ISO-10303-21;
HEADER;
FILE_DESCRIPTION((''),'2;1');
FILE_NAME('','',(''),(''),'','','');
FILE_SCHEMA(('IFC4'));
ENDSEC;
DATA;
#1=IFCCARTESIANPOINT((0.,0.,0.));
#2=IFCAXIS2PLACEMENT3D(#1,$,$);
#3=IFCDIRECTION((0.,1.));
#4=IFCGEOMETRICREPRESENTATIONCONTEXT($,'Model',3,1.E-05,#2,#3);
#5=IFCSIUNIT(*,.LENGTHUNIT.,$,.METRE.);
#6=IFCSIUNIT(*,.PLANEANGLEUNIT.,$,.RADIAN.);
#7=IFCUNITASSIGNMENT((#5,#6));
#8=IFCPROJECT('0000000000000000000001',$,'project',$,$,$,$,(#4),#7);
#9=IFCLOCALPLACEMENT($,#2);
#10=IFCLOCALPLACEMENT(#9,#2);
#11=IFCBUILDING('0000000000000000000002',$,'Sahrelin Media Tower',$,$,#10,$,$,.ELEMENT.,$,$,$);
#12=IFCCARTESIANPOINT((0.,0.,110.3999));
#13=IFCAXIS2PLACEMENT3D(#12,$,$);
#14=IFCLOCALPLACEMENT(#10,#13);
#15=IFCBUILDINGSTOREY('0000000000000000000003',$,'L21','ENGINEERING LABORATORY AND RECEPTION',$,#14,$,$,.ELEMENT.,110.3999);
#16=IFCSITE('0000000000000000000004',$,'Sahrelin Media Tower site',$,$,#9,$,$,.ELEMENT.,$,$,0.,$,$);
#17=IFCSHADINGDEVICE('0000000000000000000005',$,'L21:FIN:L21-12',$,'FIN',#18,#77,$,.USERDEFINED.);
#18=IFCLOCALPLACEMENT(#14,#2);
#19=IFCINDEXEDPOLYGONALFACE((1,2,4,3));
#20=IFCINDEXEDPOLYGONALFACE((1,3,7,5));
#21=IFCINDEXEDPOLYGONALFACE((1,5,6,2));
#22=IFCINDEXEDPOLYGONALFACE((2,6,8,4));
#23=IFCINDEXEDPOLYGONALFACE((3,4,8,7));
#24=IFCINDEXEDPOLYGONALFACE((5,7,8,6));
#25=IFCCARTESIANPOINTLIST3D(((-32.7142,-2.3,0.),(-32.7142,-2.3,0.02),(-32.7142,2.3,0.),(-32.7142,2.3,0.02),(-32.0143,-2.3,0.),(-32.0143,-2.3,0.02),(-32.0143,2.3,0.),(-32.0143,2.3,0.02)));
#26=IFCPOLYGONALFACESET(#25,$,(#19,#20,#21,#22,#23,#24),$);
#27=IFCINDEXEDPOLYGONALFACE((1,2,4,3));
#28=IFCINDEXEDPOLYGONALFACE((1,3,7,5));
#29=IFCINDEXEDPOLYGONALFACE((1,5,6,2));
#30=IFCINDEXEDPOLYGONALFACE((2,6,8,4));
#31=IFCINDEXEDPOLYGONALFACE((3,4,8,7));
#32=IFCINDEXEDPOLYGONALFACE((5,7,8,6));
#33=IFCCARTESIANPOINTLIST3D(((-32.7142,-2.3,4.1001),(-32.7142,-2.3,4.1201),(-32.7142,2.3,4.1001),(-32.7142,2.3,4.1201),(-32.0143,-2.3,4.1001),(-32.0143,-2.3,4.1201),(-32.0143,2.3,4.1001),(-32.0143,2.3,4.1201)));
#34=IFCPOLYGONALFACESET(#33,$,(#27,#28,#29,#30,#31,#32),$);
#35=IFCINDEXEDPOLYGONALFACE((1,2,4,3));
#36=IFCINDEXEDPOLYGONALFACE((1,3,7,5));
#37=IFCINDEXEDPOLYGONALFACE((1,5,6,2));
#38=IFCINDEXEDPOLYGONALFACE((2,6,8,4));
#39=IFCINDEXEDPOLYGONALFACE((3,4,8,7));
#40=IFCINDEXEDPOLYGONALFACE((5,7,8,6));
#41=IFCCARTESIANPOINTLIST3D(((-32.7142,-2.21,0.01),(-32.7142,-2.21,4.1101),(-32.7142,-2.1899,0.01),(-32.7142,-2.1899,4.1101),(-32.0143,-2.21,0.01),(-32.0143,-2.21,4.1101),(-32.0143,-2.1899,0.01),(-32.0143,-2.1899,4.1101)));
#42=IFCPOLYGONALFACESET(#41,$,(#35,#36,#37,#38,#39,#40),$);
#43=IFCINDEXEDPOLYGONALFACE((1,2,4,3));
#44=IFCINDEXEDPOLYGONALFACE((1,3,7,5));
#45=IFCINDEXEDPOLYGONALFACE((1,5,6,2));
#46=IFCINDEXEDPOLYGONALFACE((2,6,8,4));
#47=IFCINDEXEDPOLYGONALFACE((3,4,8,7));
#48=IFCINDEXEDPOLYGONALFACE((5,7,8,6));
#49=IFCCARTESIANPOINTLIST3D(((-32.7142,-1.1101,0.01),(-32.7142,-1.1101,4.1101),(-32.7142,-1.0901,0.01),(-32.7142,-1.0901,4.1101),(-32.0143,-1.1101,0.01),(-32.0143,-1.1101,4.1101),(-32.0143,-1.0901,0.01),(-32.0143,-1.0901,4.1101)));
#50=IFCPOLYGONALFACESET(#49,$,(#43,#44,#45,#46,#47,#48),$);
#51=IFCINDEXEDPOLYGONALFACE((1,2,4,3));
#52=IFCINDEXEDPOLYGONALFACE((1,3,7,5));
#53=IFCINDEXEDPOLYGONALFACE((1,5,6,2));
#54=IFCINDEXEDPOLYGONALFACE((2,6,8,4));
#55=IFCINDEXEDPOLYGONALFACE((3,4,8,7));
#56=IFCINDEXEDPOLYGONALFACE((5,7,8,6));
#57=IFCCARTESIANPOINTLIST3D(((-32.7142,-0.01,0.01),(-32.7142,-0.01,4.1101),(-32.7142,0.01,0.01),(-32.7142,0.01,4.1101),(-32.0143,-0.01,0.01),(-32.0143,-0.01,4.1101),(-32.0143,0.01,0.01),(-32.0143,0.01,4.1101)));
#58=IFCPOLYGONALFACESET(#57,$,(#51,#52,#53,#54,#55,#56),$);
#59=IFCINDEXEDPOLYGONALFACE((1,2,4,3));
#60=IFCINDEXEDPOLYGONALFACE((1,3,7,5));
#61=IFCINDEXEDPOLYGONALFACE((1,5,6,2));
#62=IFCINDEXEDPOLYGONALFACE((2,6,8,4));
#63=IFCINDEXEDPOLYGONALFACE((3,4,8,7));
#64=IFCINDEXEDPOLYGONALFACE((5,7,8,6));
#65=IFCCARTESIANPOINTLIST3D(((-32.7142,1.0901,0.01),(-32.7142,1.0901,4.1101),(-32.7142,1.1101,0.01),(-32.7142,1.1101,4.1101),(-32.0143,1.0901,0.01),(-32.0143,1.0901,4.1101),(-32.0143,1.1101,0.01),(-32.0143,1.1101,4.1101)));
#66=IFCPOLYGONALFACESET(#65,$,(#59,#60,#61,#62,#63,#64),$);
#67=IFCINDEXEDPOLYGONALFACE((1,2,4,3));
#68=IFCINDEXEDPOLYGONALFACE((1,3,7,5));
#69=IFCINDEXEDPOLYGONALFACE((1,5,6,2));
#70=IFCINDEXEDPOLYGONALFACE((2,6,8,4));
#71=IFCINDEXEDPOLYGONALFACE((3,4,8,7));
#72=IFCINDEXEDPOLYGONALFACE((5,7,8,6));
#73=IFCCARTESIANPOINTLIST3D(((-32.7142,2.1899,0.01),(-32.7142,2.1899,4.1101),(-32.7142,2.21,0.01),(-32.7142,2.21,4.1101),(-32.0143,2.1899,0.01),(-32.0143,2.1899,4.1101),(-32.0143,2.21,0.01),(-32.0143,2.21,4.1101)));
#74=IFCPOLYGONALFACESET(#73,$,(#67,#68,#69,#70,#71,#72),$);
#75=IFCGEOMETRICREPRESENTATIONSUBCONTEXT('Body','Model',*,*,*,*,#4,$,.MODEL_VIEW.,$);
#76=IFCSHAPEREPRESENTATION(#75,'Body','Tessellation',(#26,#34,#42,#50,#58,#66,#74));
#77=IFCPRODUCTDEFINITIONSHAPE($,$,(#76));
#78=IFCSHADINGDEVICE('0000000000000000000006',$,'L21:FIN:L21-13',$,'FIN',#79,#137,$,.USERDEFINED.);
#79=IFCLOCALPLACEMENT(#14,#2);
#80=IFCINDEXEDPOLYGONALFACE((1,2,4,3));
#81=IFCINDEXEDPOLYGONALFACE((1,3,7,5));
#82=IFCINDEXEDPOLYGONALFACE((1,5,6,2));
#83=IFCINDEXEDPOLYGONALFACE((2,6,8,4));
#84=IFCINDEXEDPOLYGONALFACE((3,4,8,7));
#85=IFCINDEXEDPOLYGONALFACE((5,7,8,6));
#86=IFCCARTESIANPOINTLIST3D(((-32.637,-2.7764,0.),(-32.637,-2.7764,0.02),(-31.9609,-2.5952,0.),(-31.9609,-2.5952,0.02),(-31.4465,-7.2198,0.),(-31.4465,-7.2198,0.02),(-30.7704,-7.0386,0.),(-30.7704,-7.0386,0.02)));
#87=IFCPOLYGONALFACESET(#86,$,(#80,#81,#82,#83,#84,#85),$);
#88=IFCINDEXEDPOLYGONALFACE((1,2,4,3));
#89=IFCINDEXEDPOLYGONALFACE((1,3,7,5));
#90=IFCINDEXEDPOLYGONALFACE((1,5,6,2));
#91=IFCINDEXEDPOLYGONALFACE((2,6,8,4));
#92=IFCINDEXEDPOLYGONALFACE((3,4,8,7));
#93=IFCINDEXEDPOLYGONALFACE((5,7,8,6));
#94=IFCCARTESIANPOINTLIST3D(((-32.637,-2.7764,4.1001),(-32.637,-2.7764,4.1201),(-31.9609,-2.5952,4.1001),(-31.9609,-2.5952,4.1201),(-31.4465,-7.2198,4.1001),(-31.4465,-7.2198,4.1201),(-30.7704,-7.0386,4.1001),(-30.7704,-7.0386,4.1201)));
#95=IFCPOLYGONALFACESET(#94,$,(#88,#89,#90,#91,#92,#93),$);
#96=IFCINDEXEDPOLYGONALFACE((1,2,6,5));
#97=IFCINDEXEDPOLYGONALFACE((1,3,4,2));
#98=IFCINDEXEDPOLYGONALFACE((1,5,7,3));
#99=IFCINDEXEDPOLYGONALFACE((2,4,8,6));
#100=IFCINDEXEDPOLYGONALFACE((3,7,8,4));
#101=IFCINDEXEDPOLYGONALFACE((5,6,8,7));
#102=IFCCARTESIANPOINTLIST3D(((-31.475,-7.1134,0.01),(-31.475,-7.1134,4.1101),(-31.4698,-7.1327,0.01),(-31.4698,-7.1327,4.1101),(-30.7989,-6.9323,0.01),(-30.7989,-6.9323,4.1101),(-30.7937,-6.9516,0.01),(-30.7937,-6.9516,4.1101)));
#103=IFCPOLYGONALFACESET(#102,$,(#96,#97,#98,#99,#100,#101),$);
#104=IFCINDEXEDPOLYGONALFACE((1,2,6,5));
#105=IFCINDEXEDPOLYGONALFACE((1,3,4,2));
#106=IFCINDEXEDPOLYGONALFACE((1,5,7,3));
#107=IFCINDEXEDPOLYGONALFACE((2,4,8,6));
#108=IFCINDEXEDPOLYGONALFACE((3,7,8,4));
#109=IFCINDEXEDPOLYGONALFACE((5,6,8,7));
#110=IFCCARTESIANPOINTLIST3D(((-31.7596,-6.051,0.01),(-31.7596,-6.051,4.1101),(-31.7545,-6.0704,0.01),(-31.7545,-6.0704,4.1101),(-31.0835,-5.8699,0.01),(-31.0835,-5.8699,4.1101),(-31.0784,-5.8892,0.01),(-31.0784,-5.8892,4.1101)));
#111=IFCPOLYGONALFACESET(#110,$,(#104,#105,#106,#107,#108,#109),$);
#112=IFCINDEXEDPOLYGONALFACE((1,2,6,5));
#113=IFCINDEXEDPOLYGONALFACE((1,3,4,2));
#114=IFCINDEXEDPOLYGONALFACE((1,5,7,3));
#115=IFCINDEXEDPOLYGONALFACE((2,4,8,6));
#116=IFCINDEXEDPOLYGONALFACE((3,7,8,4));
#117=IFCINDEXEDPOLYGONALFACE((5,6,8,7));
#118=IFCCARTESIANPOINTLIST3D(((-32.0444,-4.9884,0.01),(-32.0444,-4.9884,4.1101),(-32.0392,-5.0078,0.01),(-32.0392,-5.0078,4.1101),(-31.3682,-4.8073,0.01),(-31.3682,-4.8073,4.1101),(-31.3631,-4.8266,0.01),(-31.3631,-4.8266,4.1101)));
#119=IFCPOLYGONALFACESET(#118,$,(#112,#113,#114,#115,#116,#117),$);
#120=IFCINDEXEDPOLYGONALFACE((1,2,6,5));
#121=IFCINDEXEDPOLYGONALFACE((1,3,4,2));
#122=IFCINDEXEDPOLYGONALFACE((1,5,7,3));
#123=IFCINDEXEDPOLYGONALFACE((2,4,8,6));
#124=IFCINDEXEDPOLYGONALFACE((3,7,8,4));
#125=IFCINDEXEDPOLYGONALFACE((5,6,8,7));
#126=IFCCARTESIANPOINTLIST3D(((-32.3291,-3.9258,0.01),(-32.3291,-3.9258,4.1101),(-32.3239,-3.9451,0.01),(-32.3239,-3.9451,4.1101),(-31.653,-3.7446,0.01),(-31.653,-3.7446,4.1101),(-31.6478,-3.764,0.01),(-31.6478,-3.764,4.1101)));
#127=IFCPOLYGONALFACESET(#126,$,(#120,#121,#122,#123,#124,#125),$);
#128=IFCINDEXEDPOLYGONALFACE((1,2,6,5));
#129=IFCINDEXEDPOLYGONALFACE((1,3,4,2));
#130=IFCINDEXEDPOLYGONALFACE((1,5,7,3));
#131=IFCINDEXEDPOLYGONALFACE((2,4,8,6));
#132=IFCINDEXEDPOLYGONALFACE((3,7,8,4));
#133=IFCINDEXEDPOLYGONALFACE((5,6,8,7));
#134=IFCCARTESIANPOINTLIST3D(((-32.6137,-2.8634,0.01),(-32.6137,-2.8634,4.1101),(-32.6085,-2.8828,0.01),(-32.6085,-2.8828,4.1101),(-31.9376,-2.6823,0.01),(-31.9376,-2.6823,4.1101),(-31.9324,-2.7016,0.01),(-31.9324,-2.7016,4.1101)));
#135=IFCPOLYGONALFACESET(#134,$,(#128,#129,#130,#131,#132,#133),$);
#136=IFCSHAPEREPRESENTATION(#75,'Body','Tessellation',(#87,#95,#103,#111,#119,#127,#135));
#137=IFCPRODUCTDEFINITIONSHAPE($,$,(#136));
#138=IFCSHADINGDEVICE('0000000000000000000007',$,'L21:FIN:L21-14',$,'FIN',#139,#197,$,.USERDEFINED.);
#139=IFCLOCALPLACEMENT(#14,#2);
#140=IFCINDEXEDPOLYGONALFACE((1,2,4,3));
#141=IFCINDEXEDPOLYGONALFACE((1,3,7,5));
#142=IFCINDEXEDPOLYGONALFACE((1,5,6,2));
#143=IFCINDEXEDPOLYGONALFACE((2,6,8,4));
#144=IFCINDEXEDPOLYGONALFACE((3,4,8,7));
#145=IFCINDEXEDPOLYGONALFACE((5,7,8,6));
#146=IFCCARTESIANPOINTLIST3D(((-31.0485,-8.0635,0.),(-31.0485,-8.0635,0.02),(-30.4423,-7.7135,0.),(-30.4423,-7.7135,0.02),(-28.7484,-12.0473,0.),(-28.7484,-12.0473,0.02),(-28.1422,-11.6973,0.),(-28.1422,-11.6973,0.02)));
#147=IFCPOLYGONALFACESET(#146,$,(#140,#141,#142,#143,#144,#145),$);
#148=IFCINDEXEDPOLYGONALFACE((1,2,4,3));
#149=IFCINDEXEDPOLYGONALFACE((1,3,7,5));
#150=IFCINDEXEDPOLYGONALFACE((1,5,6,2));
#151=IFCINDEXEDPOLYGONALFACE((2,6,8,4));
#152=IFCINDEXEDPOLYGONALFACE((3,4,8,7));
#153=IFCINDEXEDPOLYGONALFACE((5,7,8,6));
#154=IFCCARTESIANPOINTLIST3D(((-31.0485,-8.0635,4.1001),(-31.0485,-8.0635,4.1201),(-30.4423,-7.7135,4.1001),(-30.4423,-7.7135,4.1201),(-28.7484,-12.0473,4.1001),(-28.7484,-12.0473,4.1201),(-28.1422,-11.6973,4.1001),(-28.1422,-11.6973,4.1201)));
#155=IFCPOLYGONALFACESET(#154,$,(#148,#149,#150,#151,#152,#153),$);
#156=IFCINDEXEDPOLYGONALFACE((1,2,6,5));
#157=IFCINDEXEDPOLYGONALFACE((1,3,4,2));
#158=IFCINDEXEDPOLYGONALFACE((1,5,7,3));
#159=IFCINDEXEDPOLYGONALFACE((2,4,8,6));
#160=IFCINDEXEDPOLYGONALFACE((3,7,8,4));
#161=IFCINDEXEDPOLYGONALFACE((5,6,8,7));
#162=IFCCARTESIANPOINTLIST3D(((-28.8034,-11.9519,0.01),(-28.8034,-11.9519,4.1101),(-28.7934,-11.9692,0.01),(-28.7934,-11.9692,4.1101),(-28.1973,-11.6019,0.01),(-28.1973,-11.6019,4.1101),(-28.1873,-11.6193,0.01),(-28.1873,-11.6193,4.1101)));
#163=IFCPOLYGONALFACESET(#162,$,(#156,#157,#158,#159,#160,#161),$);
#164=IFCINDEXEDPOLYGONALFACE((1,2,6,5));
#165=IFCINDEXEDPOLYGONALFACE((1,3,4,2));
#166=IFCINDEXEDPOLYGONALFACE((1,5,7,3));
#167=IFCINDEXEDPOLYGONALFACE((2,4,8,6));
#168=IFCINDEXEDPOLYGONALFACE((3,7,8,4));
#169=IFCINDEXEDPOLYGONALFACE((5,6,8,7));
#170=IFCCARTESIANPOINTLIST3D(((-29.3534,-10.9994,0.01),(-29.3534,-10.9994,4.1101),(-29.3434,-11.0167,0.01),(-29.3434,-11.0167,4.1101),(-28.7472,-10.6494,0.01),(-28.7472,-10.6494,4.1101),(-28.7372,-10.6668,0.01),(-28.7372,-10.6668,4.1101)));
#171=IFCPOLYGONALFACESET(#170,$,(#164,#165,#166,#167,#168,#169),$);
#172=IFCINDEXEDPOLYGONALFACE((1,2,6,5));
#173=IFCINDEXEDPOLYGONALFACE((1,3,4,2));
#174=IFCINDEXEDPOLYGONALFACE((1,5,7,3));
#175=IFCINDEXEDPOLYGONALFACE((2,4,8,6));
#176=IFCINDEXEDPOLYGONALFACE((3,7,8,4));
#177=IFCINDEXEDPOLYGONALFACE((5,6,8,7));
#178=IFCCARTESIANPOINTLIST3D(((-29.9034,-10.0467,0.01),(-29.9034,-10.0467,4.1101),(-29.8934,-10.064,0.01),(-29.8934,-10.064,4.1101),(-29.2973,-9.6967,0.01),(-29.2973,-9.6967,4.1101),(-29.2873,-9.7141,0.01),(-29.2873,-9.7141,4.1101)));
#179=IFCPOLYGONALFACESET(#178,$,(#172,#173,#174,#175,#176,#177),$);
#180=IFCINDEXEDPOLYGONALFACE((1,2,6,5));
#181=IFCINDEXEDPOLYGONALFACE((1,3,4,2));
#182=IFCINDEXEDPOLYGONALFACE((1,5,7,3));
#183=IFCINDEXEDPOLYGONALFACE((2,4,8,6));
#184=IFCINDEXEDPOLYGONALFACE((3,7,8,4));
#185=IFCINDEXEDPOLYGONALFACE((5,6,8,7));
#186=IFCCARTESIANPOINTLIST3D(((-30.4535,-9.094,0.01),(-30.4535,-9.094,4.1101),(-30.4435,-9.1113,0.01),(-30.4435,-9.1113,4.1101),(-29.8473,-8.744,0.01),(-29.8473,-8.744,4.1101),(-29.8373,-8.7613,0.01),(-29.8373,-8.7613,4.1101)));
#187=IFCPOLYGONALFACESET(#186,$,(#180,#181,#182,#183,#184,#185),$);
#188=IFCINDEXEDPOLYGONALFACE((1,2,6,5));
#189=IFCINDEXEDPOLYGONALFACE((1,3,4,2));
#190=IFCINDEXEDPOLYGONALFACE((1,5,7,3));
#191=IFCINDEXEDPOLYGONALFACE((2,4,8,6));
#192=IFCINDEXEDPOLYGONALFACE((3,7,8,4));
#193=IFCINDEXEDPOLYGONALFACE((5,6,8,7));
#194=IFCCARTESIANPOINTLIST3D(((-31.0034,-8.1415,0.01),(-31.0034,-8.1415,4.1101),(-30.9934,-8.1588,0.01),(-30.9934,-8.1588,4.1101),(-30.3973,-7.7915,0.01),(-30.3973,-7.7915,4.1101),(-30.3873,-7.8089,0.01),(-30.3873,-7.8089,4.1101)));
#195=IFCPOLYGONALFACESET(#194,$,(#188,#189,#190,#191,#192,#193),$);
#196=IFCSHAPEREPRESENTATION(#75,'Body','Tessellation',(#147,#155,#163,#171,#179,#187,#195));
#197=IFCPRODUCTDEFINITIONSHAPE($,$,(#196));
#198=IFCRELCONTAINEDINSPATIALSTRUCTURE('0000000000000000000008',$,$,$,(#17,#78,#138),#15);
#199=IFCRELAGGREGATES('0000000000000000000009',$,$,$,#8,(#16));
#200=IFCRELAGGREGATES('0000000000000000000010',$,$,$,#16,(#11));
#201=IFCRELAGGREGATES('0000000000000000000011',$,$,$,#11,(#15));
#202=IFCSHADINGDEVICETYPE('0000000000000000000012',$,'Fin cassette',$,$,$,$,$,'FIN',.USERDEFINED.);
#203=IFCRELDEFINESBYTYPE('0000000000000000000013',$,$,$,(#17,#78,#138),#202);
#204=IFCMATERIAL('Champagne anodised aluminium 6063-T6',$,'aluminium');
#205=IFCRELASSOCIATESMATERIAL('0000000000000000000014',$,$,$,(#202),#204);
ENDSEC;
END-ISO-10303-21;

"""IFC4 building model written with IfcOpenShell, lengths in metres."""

from ifc_helpers import new_model, si_unit, direction, frame, origin, origin_2d, place, context, subcontext, project, spatial, rectangle, extrude, material, type_object, element, save


model = new_model("IFC4")

# Units and contexts
model_context = context("Model", 3, precision=1e-05, world=origin(), true_north=direction((0.0, 1.0)))
body_context = subcontext(model_context, "Body", "Model", "MODEL_VIEW")
ifc_project = project(units=[si_unit("LENGTHUNIT", "METRE"), si_unit("PLANEANGLEUNIT", "RADIAN")], contexts=[model_context])

# Site, building, storey
site_placement = place(None, origin())
site = spatial("IfcSite", under=ifc_project, at=site_placement, Name="Sahrelin Media Tower site", CompositionType="ELEMENT", RefElevation=0.0)
building_placement = place(site_placement, origin())
building = spatial("IfcBuilding", under=site, at=building_placement, Name="Sahrelin Media Tower", CompositionType="ELEMENT")
storey_placement = place(building_placement, frame((0.0, 0.0, 110.3999)))
storey = spatial("IfcBuildingStorey", under=building, at=storey_placement, Name="L21", Description="ENGINEERING LABORATORY AND RECEPTION", CompositionType="ELEMENT", Elevation=110.3999)

# Shared definitions
ifc_material_1 = material(Name="Champagne anodised aluminium 6063-T6", Category="aluminium")

# Shading devices
shading_device_type_1 = type_object("IfcShadingDeviceType", Name="Fin cassette", ElementType="FIN", PredefinedType="USERDEFINED", material=ifc_material_1)
placement_1 = place(storey_placement, frame((-31.9443, 0.0, 0.0), z_axis=(0.0, 0.0, 1.0), x_axis=(0.0, 1.0, 0.0)))
element("IfcShadingDevice", 1, at=placement_1, inside=storey, type_object=shading_device_type_1, Name="L21:FIN:L21-12", ObjectType="FIN", PredefinedType="USERDEFINED", context=body_context, shape_type="SweptSolid", body=[
    extrude(rectangle(XDim=4.6001, YDim=0.7, at=origin_2d()), frame((0.0, 0.4199, 0.0)), (0.0, 0.0, 1.0), 0.02),
    extrude(rectangle(XDim=4.6001, YDim=0.7, at=origin_2d()), frame((0.0, 0.4199, 4.1001)), (0.0, 0.0, 1.0), 0.02),
    extrude(rectangle(XDim=0.02, YDim=0.7, at=origin_2d()), frame((-2.2, 0.4199, 0.01), z_axis=(0.0, 0.0, 1.0), x_axis=(1.0, 0.0, 0.0)), (0.0, 0.0, 1.0), 4.1001),
    extrude(rectangle(XDim=0.02, YDim=0.7, at=origin_2d()), frame((-1.1001, 0.4199, 0.01), z_axis=(0.0, 0.0, 1.0), x_axis=(1.0, 0.0, 0.0)), (0.0, 0.0, 1.0), 4.1001),
    extrude(rectangle(XDim=0.02, YDim=0.7, at=origin_2d()), frame((0.0, 0.4199, 0.01), z_axis=(0.0, 0.0, 1.0), x_axis=(1.0, 0.0, 0.0)), (0.0, 0.0, 1.0), 4.1001),
    extrude(rectangle(XDim=0.02, YDim=0.7, at=origin_2d()), frame((1.1001, 0.4199, 0.01), z_axis=(0.0, 0.0, 1.0), x_axis=(1.0, 0.0, 0.0)), (0.0, 0.0, 1.0), 4.1001),
    extrude(rectangle(XDim=0.02, YDim=0.7, at=origin_2d()), frame((2.2, 0.4199, 0.01), z_axis=(0.0, 0.0, 1.0), x_axis=(1.0, 0.0, 0.0)), (0.0, 0.0, 1.0), 4.1001),
])
placement_2 = place(storey_placement, frame((-31.2981, -4.7988, 0.0), z_axis=(0.0, 0.0, 1.0), x_axis=(-0.258808, 0.965929, 0.0)))
element("IfcShadingDevice", 2, at=placement_2, inside=storey, type_object=shading_device_type_1, Name="L21:FIN:L21-13", ObjectType="FIN", PredefinedType="USERDEFINED", context=body_context, shape_type="SweptSolid", body=[
    extrude(rectangle(XDim=4.6001, YDim=0.7, at=origin_2d()), frame((0.0, 0.4199, 0.0)), (0.0, 0.0, 1.0), 0.02),
    extrude(rectangle(XDim=4.6001, YDim=0.7, at=origin_2d()), frame((0.0, 0.4199, 4.1001)), (0.0, 0.0, 1.0), 0.02),
    extrude(rectangle(XDim=0.02, YDim=0.7, at=origin_2d()), frame((-2.2, 0.4199, 0.01), z_axis=(0.0, 0.0, 1.0), x_axis=(1.0, 0.0, 0.0)), (0.0, 0.0, 1.0), 4.1001),
    extrude(rectangle(XDim=0.02, YDim=0.7, at=origin_2d()), frame((-1.1001, 0.4199, 0.01), z_axis=(0.0, 0.0, 1.0), x_axis=(1.0, 0.0, 0.0)), (0.0, 0.0, 1.0), 4.1001),
    extrude(rectangle(XDim=0.02, YDim=0.7, at=origin_2d()), frame((0.0, 0.4199, 0.01), z_axis=(0.0, 0.0, 1.0), x_axis=(1.0, 0.0, 0.0)), (0.0, 0.0, 1.0), 4.1001),
    extrude(rectangle(XDim=0.02, YDim=0.7, at=origin_2d()), frame((1.1001, 0.4199, 0.01), z_axis=(0.0, 0.0, 1.0), x_axis=(1.0, 0.0, 0.0)), (0.0, 0.0, 1.0), 4.1001),
    extrude(rectangle(XDim=0.02, YDim=0.7, at=origin_2d()), frame((2.2, 0.4199, 0.01), z_axis=(0.0, 0.0, 1.0), x_axis=(1.0, 0.0, 0.0)), (0.0, 0.0, 1.0), 4.1001),
])
shading_device_1_placement = place(storey_placement, frame((-29.2317, -9.6704, 0.0), z_axis=(0.0, 0.0, 1.0), x_axis=(-0.500011, 0.866019, 0.0)))
element("IfcShadingDevice", 3, at=shading_device_1_placement, inside=storey, type_object=shading_device_type_1, Name="L21:FIN:L21-14", ObjectType="FIN", PredefinedType="USERDEFINED", context=body_context, shape_type="SweptSolid", body=[
    extrude(rectangle(XDim=4.6001, YDim=0.7, at=origin_2d()), frame((0.0, 0.4199, 0.0)), (0.0, 0.0, 1.0), 0.02),
    extrude(rectangle(XDim=4.6001, YDim=0.7, at=origin_2d()), frame((0.0, 0.4199, 4.1001)), (0.0, 0.0, 1.0), 0.02),
    extrude(rectangle(XDim=0.02, YDim=0.7, at=origin_2d()), frame((-2.2, 0.4199, 0.01), z_axis=(0.0, 0.0, 1.0), x_axis=(1.0, 0.0, 0.0)), (0.0, 0.0, 1.0), 4.1001),
    extrude(rectangle(XDim=0.02, YDim=0.7, at=origin_2d()), frame((-1.1001, 0.4199, 0.01), z_axis=(0.0, 0.0, 1.0), x_axis=(1.0, 0.0, 0.0)), (0.0, 0.0, 1.0), 4.1001),
    extrude(rectangle(XDim=0.02, YDim=0.7, at=origin_2d()), frame((0.0, 0.4199, 0.01), z_axis=(0.0, 0.0, 1.0), x_axis=(1.0, 0.0, 0.0)), (0.0, 0.0, 1.0), 4.1001),
    extrude(rectangle(XDim=0.02, YDim=0.7, at=origin_2d()), frame((1.1001, 0.4199, 0.01), z_axis=(0.0, 0.0, 1.0), x_axis=(1.0, 0.0, 0.0)), (0.0, 0.0, 1.0), 4.1001),
    extrude(rectangle(XDim=0.02, YDim=0.7, at=origin_2d()), frame((2.2, 0.4199, 0.01), z_axis=(0.0, 0.0, 1.0), x_axis=(1.0, 0.0, 0.0)), (0.0, 0.0, 1.0), 4.1001),
])

save(model, "model.ifc")
